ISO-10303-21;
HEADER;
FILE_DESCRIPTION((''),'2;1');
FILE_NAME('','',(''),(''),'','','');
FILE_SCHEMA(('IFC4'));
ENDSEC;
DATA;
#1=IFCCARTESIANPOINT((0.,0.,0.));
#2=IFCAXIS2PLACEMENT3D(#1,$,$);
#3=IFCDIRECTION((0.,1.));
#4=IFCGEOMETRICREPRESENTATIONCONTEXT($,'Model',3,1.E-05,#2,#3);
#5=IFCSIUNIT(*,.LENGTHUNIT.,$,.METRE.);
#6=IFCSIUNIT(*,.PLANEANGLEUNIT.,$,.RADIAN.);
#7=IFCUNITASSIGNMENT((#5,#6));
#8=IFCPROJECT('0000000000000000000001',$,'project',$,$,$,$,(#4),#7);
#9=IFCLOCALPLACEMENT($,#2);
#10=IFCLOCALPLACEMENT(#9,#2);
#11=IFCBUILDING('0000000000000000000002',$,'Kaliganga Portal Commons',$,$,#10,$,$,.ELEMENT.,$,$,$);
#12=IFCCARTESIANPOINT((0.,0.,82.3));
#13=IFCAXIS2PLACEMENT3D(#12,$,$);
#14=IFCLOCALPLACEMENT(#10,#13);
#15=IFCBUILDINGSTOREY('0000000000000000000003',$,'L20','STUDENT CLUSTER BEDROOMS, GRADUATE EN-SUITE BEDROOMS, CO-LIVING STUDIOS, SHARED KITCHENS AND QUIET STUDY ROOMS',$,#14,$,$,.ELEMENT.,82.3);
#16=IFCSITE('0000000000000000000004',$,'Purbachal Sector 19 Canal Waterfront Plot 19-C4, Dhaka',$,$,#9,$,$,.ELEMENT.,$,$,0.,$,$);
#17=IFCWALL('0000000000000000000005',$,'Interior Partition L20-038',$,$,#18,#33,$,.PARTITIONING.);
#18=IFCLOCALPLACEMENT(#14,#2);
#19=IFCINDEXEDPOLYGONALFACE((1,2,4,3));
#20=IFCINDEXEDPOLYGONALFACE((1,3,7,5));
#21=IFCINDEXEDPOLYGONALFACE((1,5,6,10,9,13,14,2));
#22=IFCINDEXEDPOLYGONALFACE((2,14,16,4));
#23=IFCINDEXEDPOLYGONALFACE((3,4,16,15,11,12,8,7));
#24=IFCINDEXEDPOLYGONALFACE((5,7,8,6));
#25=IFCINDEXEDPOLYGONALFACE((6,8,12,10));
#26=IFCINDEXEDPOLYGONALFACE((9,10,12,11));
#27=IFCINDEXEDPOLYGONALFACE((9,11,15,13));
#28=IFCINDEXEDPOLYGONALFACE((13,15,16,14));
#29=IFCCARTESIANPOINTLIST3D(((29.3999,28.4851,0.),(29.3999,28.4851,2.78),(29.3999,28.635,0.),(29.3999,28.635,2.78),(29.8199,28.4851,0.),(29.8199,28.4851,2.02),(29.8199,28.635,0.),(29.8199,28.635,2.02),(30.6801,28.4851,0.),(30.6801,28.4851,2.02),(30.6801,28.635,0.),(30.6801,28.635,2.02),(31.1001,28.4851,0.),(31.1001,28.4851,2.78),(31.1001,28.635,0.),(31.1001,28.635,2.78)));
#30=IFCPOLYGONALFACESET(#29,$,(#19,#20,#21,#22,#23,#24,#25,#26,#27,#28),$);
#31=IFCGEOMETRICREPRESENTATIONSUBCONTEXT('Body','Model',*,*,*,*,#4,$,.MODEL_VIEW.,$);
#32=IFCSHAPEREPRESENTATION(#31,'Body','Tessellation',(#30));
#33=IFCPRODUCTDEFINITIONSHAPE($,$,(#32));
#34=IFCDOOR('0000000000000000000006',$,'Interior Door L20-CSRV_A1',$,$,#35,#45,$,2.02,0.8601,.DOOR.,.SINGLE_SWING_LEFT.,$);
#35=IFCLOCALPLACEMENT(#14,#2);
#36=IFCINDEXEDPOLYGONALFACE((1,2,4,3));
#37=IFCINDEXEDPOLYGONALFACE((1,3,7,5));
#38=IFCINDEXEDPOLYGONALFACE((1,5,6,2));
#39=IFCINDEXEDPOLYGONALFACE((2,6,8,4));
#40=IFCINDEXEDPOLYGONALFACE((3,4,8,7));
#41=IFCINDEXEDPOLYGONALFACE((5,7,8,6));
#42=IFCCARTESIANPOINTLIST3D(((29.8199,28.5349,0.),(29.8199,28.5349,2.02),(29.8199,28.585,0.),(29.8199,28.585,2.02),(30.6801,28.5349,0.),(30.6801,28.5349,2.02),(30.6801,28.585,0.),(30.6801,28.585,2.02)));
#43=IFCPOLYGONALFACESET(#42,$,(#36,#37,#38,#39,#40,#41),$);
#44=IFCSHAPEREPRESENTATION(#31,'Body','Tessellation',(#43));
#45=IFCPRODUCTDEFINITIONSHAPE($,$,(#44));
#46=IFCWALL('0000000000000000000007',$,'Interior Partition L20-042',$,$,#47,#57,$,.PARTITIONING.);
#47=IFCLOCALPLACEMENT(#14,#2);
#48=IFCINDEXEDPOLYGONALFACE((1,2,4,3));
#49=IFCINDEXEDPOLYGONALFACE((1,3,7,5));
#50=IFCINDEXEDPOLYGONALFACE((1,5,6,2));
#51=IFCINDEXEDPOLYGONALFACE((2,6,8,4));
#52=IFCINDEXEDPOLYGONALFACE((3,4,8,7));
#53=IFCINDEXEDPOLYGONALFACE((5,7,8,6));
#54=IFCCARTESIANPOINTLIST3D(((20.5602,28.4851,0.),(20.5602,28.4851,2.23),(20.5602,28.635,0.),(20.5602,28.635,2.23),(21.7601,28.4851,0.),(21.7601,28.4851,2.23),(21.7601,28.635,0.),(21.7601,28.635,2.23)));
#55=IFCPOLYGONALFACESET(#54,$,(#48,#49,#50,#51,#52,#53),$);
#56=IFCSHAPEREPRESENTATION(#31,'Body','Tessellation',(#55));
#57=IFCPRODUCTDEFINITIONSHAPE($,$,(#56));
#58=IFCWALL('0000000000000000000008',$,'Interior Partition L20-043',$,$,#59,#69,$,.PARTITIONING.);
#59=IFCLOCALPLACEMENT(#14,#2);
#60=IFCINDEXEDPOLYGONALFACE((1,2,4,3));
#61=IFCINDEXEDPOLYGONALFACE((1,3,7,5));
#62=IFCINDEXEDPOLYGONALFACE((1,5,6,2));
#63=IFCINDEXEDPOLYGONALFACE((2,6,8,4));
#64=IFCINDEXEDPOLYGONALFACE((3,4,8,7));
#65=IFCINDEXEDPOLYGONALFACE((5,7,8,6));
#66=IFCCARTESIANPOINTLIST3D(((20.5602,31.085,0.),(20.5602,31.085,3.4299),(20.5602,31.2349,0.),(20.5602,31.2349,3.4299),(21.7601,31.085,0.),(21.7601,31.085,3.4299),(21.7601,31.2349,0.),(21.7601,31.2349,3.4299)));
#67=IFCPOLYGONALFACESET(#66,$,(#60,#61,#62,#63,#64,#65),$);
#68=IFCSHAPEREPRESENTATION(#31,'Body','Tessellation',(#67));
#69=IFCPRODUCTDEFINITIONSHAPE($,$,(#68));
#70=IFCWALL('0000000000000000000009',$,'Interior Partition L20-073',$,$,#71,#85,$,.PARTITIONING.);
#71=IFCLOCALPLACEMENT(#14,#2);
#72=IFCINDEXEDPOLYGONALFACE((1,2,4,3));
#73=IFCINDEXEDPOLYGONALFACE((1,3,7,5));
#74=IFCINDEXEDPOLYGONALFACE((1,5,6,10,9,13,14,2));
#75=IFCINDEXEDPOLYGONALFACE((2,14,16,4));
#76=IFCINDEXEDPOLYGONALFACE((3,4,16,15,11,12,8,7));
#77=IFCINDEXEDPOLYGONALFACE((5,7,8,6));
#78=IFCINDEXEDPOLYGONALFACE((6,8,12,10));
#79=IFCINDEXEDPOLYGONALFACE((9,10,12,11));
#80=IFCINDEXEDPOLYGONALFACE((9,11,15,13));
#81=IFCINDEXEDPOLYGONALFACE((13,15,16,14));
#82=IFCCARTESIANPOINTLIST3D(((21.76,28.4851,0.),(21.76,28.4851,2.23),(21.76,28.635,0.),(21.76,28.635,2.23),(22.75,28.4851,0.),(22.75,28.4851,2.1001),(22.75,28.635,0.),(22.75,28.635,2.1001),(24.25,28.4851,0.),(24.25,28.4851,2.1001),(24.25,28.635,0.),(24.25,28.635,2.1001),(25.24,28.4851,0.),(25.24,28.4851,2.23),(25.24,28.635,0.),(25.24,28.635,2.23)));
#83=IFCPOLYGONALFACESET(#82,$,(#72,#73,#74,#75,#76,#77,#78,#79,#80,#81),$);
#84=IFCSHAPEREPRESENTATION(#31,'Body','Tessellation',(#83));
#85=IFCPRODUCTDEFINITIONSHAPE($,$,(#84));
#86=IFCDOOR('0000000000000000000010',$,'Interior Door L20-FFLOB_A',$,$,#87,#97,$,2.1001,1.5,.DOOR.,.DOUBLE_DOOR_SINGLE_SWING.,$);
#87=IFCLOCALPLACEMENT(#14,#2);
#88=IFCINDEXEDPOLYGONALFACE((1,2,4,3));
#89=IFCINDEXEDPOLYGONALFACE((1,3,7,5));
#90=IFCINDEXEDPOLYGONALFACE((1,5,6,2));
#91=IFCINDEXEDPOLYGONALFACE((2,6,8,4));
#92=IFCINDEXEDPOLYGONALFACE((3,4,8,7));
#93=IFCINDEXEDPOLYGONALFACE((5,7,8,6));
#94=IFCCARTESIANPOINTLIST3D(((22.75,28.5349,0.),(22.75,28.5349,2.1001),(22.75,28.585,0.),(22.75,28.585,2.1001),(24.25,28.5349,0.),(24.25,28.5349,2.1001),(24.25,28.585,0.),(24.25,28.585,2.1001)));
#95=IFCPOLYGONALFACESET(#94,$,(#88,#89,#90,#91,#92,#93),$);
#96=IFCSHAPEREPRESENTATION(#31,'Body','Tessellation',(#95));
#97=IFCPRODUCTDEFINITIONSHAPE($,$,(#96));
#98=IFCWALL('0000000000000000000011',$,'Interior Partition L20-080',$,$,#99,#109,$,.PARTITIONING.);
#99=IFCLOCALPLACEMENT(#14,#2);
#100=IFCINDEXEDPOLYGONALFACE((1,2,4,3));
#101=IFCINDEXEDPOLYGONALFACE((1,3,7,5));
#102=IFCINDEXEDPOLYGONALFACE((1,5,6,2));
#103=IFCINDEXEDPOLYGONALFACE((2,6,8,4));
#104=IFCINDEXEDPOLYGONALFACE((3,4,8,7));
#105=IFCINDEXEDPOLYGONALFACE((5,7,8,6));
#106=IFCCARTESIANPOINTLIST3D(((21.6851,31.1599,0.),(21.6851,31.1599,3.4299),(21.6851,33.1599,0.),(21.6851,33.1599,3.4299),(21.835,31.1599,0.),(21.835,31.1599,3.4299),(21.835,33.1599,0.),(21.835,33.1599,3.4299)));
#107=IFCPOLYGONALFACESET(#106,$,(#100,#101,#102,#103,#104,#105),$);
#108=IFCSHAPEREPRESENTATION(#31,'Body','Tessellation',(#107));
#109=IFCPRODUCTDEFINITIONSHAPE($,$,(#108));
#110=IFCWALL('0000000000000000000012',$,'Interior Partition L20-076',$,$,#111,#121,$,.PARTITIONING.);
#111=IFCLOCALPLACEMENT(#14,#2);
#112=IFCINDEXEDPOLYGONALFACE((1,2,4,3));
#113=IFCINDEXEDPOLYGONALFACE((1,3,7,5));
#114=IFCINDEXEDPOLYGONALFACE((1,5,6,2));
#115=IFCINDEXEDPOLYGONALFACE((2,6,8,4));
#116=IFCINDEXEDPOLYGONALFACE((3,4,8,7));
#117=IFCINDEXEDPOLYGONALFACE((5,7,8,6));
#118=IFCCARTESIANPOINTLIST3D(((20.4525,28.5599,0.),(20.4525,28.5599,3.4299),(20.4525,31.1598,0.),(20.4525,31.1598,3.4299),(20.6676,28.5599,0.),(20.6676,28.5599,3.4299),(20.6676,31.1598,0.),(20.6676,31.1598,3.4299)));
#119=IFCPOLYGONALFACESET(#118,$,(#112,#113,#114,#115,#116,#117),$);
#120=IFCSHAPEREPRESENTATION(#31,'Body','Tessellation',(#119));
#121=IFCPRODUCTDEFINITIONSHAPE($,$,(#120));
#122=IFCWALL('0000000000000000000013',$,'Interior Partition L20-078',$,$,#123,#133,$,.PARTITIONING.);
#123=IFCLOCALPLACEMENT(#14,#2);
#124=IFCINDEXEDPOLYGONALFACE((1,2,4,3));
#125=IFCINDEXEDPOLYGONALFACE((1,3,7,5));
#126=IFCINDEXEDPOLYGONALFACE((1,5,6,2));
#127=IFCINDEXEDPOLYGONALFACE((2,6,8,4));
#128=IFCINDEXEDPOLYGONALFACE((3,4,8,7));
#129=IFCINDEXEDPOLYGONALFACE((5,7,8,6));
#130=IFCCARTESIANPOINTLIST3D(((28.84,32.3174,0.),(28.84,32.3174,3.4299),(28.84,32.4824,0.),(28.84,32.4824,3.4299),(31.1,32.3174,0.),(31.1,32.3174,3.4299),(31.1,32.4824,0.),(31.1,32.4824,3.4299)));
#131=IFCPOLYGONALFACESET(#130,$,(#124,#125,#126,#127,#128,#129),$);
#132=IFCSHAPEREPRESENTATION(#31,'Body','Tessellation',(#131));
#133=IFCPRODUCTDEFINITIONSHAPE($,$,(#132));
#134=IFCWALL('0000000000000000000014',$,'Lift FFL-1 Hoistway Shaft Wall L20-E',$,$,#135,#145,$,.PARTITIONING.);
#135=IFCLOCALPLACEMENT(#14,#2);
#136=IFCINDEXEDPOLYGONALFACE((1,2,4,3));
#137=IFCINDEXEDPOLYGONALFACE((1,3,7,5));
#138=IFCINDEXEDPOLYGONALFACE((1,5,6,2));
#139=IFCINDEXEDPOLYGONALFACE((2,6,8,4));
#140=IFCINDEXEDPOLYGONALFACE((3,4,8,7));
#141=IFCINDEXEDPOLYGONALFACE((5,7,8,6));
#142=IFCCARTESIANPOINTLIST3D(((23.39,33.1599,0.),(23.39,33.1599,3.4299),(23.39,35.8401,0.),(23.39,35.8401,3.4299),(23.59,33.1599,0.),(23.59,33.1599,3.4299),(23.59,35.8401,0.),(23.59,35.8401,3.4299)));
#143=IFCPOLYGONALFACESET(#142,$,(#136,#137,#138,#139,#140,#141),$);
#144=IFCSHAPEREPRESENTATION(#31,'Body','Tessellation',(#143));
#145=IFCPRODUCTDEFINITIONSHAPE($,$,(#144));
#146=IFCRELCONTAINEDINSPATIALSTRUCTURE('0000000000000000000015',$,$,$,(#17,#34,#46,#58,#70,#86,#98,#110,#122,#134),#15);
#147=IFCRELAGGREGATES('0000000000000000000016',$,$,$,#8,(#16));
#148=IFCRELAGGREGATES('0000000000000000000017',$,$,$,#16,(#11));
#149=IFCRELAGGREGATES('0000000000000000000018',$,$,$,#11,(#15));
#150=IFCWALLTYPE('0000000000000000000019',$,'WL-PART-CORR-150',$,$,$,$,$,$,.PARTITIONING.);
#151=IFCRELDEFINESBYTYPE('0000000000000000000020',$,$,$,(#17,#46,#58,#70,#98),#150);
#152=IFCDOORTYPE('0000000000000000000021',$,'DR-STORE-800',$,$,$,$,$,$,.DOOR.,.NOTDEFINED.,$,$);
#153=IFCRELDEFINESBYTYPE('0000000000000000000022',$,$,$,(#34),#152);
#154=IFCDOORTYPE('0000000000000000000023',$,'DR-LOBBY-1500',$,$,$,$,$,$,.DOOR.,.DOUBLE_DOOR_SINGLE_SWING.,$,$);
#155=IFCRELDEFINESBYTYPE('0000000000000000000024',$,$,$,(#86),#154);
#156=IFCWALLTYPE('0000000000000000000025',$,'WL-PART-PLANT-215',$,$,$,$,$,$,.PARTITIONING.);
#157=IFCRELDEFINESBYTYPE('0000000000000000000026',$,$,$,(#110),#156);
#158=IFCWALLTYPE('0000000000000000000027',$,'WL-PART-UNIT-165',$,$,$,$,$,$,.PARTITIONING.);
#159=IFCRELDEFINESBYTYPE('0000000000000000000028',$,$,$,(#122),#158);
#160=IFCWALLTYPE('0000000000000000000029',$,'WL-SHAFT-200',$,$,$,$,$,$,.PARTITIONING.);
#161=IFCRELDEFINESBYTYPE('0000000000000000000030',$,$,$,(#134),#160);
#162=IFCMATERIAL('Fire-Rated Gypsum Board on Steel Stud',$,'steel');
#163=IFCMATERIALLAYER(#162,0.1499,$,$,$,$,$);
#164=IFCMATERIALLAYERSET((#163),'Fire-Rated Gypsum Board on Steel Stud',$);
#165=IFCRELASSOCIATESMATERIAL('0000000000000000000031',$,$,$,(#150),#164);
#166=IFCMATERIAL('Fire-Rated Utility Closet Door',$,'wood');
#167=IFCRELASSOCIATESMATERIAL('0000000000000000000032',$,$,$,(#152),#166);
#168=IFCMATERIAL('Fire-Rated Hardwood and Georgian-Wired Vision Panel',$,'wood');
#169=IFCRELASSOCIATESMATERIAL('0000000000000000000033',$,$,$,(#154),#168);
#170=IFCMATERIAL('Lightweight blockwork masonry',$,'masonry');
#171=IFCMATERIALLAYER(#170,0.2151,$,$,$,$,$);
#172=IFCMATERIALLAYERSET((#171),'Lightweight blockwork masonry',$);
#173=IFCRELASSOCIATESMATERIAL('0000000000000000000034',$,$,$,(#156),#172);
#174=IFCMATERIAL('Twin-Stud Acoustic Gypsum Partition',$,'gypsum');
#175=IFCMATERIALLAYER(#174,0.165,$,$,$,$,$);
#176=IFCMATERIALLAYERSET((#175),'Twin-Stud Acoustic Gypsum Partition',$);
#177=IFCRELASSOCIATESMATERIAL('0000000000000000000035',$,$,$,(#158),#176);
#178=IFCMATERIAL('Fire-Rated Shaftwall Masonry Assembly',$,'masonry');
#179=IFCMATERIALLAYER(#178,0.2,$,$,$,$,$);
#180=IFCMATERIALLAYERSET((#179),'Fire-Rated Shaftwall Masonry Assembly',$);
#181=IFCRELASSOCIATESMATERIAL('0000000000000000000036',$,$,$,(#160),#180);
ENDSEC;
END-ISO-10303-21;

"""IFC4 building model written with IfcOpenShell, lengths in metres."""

from ifc_helpers import new_model, si_unit, direction, frame, frame_2d, origin, place, context, subcontext, project, spatial, rectangle, extrude, material, layer, layer_set, type_object, element, fill, save


model = new_model("IFC4")

# Units and contexts
model_context = context("Model", 3, precision=1e-05, world=origin(), true_north=direction((0.0, 1.0)))
body_context = subcontext(model_context, "Body", "Model", "MODEL_VIEW")
ifc_project = project(units=[si_unit("LENGTHUNIT", "METRE"), si_unit("PLANEANGLEUNIT", "RADIAN")], contexts=[model_context])

# Site, building, storey
site_placement = place(None, origin())
site = spatial("IfcSite", under=ifc_project, at=site_placement, Name="Purbachal Sector 19 Canal Waterfront Plot 19-C4, Dhaka", CompositionType="ELEMENT", RefElevation=0.0)
building_placement = place(site_placement, origin())
building = spatial("IfcBuilding", under=site, at=building_placement, Name="Kaliganga Portal Commons", CompositionType="ELEMENT")
storey_placement = place(building_placement, frame((0.0, 0.0, 82.3)))
storey = spatial("IfcBuildingStorey", under=building, at=storey_placement, Name="L20", Description="STUDENT CLUSTER BEDROOMS, GRADUATE EN-SUITE BEDROOMS, CO-LIVING STUDIOS, SHARED KITCHENS AND QUIET STUDY ROOMS", CompositionType="ELEMENT", Elevation=82.3)

# Wall, opening, door
ifc_material_1 = material(Name="Fire-Rated Gypsum Board on Steel Stud", Category="steel")
ifc_layer_1 = layer(ifc_material_1, 0.1499)
ifc_layer_set_1 = layer_set([ifc_layer_1], Name="Fire-Rated Gypsum Board on Steel Stud")
wall_type_1 = type_object("IfcWallType", Name="WL-PART-CORR-150", PredefinedType="PARTITIONING", material=ifc_layer_set_1)
ifc_material_2 = material(Name="Fire-Rated Utility Closet Door", Category="wood")
door_type_1 = type_object("IfcDoorType", Name="DR-STORE-800", OperationType="NOTDEFINED", PredefinedType="DOOR", material=ifc_material_2)
wall_1_placement = place(storey_placement, frame((29.3999, 28.5601, 0.0), z_axis=(0.0, 0.0, 1.0), x_axis=(1.0, 0.0, 0.0)))
wall_1 = element("IfcWall", 1, at=wall_1_placement, inside=storey, type_object=wall_type_1, Name="Interior Partition L20-038", PredefinedType="PARTITIONING", context=body_context, shape_type="SweptSolid", body=[
    extrude(rectangle(XDim=1.7002, YDim=0.1499, at=frame_2d((0.8501, 0.0))), origin(), (0.0, 0.0, 1.0), 2.78),
])
opening_1_placement = place(wall_1_placement, frame((0.4199, 0.0, 0.0)))
opening_1 = element("IfcOpeningElement", 2, at=opening_1_placement, cuts=wall_1, PredefinedType="OPENING", context=body_context, shape_type="SweptSolid", body=[
    extrude(rectangle(XDim=0.8601, YDim=2.02, at=frame_2d((0.4302, 1.01))), frame((0.0, 0.085, 0.0), z_axis=(0.0, -1.0, 0.0), x_axis=(1.0, 0.0, 0.0)), (0.0, 0.0, 1.0), 0.1699),
])
door_1_placement = place(opening_1_placement, origin())
door_1 = element("IfcDoor", 3, at=door_1_placement, inside=storey, type_object=door_type_1, Name="Interior Door L20-CSRV_A1", OperationType="SINGLE_SWING_LEFT", OverallHeight=2.02, OverallWidth=0.8601, PredefinedType="DOOR", context=body_context, shape_type="SweptSolid", body=[
    extrude(rectangle(XDim=0.8601, YDim=2.02, at=frame_2d((0.4302, 1.01))), frame((0.0, 0.0249, 0.0), z_axis=(0.0, -1.0, 0.0), x_axis=(1.0, 0.0, 0.0)), (0.0, 0.0, 1.0), 0.05),
])
fill(opening_1, door_1)

# Walls
wall_2_placement = place(storey_placement, frame((20.5601, 28.5601, 0.0), z_axis=(0.0, 0.0, 1.0), x_axis=(1.0, 0.0, 0.0)))
element("IfcWall", 4, at=wall_2_placement, inside=storey, type_object=wall_type_1, Name="Interior Partition L20-042", PredefinedType="PARTITIONING", context=body_context, shape_type="SweptSolid", body=[
    extrude(rectangle(XDim=1.2, YDim=0.1499, at=frame_2d((0.6001, 0.0))), origin(), (0.0, 0.0, 1.0), 2.23),
])
wall_3_placement = place(storey_placement, frame((20.5601, 31.1599, 0.0), z_axis=(0.0, 0.0, 1.0), x_axis=(1.0, 0.0, 0.0)))
element("IfcWall", 5, at=wall_3_placement, inside=storey, type_object=wall_type_1, Name="Interior Partition L20-043", PredefinedType="PARTITIONING", context=body_context, shape_type="SweptSolid", body=[
    extrude(rectangle(XDim=1.2, YDim=0.1499, at=frame_2d((0.6001, 0.0))), origin(), (0.0, 0.0, 1.0), 3.4299),
])

# Wall, opening, door
wall_4_placement = place(storey_placement, frame((21.76, 28.5601, 0.0), z_axis=(0.0, 0.0, 1.0), x_axis=(1.0, 0.0, 0.0)))
wall_4 = element("IfcWall", 6, at=wall_4_placement, inside=storey, type_object=wall_type_1, Name="Interior Partition L20-073", PredefinedType="PARTITIONING", context=body_context, shape_type="SweptSolid", body=[
    extrude(rectangle(XDim=3.48, YDim=0.1499, at=frame_2d((1.74, 0.0))), origin(), (0.0, 0.0, 1.0), 2.23),
])
opening_2_placement = place(wall_4_placement, frame((0.99, 0.0, 0.0)))
opening_2 = element("IfcOpeningElement", 7, at=opening_2_placement, cuts=wall_4, PredefinedType="OPENING", context=body_context, shape_type="SweptSolid", body=[
    extrude(rectangle(XDim=1.5, YDim=2.1001, at=frame_2d((0.75, 1.05))), frame((0.0, 0.085, 0.0), z_axis=(0.0, -1.0, 0.0), x_axis=(1.0, 0.0, 0.0)), (0.0, 0.0, 1.0), 0.1699),
])
ifc_material_3 = material(Name="Fire-Rated Hardwood and Georgian-Wired Vision Panel", Category="wood")
door_type_2 = type_object("IfcDoorType", Name="DR-LOBBY-1500", OperationType="DOUBLE_DOOR_SINGLE_SWING", PredefinedType="DOOR", material=ifc_material_3)
door_2_placement = place(opening_2_placement, origin())
door_2 = element("IfcDoor", 8, at=door_2_placement, inside=storey, type_object=door_type_2, Name="Interior Door L20-FFLOB_A", OperationType="DOUBLE_DOOR_SINGLE_SWING", OverallHeight=2.1001, OverallWidth=1.5, PredefinedType="DOOR", context=body_context, shape_type="SweptSolid", body=[
    extrude(rectangle(XDim=1.5, YDim=2.1001, at=frame_2d((0.75, 1.05))), frame((0.0, 0.0249, 0.0), z_axis=(0.0, -1.0, 0.0), x_axis=(1.0, 0.0, 0.0)), (0.0, 0.0, 1.0), 0.05),
])
fill(opening_2, door_2)

# Walls
wall_5_placement = place(storey_placement, frame((21.76, 31.1599, 0.0), z_axis=(0.0, 0.0, 1.0), x_axis=(0.0, 1.0, 0.0)))
element("IfcWall", 9, at=wall_5_placement, inside=storey, type_object=wall_type_1, Name="Interior Partition L20-080", PredefinedType="PARTITIONING", context=body_context, shape_type="SweptSolid", body=[
    extrude(rectangle(XDim=2.0, YDim=0.1499, at=frame_2d((1.0, 0.0))), origin(), (0.0, 0.0, 1.0), 3.4299),
])
ifc_material_4 = material(Name="Lightweight blockwork masonry", Category="masonry")
ifc_layer_2 = layer(ifc_material_4, 0.2151)
ifc_layer_set_2 = layer_set([ifc_layer_2], Name="Lightweight blockwork masonry")
wall_type_2 = type_object("IfcWallType", Name="WL-PART-PLANT-215", PredefinedType="PARTITIONING", material=ifc_layer_set_2)
wall_6_placement = place(storey_placement, frame((20.5601, 28.5601, 0.0), z_axis=(0.0, 0.0, 1.0), x_axis=(0.0, 1.0, 0.0)))
element("IfcWall", 10, at=wall_6_placement, inside=storey, type_object=wall_type_2, Name="Interior Partition L20-076", PredefinedType="PARTITIONING", context=body_context, shape_type="SweptSolid", body=[
    extrude(rectangle(XDim=2.5999, YDim=0.2151, at=frame_2d((1.2998, 0.0))), origin(), (0.0, 0.0, 1.0), 3.4299),
])
ifc_material_5 = material(Name="Twin-Stud Acoustic Gypsum Partition", Category="gypsum")
ifc_layer_3 = layer(ifc_material_5, 0.165)
ifc_layer_set_3 = layer_set([ifc_layer_3], Name="Twin-Stud Acoustic Gypsum Partition")
wall_type_3 = type_object("IfcWallType", Name="WL-PART-UNIT-165", PredefinedType="PARTITIONING", material=ifc_layer_set_3)
wall_7_placement = place(storey_placement, frame((28.8401, 32.3999, 0.0), z_axis=(0.0, 0.0, 1.0), x_axis=(1.0, 0.0, 0.0)))
element("IfcWall", 11, at=wall_7_placement, inside=storey, type_object=wall_type_3, Name="Interior Partition L20-078", PredefinedType="PARTITIONING", context=body_context, shape_type="SweptSolid", body=[
    extrude(rectangle(XDim=2.26, YDim=0.165, at=frame_2d((1.1299, 0.0))), origin(), (0.0, 0.0, 1.0), 3.4299),
])

# Shared definitions
ifc_material_6 = material(Name="Fire-Rated Shaftwall Masonry Assembly", Category="masonry")
ifc_layer_4 = layer(ifc_material_6, 0.2)
ifc_layer_set_4 = layer_set([ifc_layer_4], Name="Fire-Rated Shaftwall Masonry Assembly")
wall_type_4 = type_object("IfcWallType", Name="WL-SHAFT-200", PredefinedType="PARTITIONING", material=ifc_layer_set_4)

# Wall
wall_8_placement = place(storey_placement, frame((23.49, 33.1599, 0.0), z_axis=(0.0, 0.0, 1.0), x_axis=(0.0, 1.0, 0.0)))
element("IfcWall", 12, at=wall_8_placement, inside=storey, type_object=wall_type_4, Name="Lift FFL-1 Hoistway Shaft Wall L20-E", PredefinedType="PARTITIONING", context=body_context, shape_type="SweptSolid", body=[
    extrude(rectangle(XDim=2.6802, YDim=0.2, at=frame_2d((1.3401, 0.0))), origin(), (0.0, 0.0, 1.0), 3.4299),
])

save(model, "model.ifc")
